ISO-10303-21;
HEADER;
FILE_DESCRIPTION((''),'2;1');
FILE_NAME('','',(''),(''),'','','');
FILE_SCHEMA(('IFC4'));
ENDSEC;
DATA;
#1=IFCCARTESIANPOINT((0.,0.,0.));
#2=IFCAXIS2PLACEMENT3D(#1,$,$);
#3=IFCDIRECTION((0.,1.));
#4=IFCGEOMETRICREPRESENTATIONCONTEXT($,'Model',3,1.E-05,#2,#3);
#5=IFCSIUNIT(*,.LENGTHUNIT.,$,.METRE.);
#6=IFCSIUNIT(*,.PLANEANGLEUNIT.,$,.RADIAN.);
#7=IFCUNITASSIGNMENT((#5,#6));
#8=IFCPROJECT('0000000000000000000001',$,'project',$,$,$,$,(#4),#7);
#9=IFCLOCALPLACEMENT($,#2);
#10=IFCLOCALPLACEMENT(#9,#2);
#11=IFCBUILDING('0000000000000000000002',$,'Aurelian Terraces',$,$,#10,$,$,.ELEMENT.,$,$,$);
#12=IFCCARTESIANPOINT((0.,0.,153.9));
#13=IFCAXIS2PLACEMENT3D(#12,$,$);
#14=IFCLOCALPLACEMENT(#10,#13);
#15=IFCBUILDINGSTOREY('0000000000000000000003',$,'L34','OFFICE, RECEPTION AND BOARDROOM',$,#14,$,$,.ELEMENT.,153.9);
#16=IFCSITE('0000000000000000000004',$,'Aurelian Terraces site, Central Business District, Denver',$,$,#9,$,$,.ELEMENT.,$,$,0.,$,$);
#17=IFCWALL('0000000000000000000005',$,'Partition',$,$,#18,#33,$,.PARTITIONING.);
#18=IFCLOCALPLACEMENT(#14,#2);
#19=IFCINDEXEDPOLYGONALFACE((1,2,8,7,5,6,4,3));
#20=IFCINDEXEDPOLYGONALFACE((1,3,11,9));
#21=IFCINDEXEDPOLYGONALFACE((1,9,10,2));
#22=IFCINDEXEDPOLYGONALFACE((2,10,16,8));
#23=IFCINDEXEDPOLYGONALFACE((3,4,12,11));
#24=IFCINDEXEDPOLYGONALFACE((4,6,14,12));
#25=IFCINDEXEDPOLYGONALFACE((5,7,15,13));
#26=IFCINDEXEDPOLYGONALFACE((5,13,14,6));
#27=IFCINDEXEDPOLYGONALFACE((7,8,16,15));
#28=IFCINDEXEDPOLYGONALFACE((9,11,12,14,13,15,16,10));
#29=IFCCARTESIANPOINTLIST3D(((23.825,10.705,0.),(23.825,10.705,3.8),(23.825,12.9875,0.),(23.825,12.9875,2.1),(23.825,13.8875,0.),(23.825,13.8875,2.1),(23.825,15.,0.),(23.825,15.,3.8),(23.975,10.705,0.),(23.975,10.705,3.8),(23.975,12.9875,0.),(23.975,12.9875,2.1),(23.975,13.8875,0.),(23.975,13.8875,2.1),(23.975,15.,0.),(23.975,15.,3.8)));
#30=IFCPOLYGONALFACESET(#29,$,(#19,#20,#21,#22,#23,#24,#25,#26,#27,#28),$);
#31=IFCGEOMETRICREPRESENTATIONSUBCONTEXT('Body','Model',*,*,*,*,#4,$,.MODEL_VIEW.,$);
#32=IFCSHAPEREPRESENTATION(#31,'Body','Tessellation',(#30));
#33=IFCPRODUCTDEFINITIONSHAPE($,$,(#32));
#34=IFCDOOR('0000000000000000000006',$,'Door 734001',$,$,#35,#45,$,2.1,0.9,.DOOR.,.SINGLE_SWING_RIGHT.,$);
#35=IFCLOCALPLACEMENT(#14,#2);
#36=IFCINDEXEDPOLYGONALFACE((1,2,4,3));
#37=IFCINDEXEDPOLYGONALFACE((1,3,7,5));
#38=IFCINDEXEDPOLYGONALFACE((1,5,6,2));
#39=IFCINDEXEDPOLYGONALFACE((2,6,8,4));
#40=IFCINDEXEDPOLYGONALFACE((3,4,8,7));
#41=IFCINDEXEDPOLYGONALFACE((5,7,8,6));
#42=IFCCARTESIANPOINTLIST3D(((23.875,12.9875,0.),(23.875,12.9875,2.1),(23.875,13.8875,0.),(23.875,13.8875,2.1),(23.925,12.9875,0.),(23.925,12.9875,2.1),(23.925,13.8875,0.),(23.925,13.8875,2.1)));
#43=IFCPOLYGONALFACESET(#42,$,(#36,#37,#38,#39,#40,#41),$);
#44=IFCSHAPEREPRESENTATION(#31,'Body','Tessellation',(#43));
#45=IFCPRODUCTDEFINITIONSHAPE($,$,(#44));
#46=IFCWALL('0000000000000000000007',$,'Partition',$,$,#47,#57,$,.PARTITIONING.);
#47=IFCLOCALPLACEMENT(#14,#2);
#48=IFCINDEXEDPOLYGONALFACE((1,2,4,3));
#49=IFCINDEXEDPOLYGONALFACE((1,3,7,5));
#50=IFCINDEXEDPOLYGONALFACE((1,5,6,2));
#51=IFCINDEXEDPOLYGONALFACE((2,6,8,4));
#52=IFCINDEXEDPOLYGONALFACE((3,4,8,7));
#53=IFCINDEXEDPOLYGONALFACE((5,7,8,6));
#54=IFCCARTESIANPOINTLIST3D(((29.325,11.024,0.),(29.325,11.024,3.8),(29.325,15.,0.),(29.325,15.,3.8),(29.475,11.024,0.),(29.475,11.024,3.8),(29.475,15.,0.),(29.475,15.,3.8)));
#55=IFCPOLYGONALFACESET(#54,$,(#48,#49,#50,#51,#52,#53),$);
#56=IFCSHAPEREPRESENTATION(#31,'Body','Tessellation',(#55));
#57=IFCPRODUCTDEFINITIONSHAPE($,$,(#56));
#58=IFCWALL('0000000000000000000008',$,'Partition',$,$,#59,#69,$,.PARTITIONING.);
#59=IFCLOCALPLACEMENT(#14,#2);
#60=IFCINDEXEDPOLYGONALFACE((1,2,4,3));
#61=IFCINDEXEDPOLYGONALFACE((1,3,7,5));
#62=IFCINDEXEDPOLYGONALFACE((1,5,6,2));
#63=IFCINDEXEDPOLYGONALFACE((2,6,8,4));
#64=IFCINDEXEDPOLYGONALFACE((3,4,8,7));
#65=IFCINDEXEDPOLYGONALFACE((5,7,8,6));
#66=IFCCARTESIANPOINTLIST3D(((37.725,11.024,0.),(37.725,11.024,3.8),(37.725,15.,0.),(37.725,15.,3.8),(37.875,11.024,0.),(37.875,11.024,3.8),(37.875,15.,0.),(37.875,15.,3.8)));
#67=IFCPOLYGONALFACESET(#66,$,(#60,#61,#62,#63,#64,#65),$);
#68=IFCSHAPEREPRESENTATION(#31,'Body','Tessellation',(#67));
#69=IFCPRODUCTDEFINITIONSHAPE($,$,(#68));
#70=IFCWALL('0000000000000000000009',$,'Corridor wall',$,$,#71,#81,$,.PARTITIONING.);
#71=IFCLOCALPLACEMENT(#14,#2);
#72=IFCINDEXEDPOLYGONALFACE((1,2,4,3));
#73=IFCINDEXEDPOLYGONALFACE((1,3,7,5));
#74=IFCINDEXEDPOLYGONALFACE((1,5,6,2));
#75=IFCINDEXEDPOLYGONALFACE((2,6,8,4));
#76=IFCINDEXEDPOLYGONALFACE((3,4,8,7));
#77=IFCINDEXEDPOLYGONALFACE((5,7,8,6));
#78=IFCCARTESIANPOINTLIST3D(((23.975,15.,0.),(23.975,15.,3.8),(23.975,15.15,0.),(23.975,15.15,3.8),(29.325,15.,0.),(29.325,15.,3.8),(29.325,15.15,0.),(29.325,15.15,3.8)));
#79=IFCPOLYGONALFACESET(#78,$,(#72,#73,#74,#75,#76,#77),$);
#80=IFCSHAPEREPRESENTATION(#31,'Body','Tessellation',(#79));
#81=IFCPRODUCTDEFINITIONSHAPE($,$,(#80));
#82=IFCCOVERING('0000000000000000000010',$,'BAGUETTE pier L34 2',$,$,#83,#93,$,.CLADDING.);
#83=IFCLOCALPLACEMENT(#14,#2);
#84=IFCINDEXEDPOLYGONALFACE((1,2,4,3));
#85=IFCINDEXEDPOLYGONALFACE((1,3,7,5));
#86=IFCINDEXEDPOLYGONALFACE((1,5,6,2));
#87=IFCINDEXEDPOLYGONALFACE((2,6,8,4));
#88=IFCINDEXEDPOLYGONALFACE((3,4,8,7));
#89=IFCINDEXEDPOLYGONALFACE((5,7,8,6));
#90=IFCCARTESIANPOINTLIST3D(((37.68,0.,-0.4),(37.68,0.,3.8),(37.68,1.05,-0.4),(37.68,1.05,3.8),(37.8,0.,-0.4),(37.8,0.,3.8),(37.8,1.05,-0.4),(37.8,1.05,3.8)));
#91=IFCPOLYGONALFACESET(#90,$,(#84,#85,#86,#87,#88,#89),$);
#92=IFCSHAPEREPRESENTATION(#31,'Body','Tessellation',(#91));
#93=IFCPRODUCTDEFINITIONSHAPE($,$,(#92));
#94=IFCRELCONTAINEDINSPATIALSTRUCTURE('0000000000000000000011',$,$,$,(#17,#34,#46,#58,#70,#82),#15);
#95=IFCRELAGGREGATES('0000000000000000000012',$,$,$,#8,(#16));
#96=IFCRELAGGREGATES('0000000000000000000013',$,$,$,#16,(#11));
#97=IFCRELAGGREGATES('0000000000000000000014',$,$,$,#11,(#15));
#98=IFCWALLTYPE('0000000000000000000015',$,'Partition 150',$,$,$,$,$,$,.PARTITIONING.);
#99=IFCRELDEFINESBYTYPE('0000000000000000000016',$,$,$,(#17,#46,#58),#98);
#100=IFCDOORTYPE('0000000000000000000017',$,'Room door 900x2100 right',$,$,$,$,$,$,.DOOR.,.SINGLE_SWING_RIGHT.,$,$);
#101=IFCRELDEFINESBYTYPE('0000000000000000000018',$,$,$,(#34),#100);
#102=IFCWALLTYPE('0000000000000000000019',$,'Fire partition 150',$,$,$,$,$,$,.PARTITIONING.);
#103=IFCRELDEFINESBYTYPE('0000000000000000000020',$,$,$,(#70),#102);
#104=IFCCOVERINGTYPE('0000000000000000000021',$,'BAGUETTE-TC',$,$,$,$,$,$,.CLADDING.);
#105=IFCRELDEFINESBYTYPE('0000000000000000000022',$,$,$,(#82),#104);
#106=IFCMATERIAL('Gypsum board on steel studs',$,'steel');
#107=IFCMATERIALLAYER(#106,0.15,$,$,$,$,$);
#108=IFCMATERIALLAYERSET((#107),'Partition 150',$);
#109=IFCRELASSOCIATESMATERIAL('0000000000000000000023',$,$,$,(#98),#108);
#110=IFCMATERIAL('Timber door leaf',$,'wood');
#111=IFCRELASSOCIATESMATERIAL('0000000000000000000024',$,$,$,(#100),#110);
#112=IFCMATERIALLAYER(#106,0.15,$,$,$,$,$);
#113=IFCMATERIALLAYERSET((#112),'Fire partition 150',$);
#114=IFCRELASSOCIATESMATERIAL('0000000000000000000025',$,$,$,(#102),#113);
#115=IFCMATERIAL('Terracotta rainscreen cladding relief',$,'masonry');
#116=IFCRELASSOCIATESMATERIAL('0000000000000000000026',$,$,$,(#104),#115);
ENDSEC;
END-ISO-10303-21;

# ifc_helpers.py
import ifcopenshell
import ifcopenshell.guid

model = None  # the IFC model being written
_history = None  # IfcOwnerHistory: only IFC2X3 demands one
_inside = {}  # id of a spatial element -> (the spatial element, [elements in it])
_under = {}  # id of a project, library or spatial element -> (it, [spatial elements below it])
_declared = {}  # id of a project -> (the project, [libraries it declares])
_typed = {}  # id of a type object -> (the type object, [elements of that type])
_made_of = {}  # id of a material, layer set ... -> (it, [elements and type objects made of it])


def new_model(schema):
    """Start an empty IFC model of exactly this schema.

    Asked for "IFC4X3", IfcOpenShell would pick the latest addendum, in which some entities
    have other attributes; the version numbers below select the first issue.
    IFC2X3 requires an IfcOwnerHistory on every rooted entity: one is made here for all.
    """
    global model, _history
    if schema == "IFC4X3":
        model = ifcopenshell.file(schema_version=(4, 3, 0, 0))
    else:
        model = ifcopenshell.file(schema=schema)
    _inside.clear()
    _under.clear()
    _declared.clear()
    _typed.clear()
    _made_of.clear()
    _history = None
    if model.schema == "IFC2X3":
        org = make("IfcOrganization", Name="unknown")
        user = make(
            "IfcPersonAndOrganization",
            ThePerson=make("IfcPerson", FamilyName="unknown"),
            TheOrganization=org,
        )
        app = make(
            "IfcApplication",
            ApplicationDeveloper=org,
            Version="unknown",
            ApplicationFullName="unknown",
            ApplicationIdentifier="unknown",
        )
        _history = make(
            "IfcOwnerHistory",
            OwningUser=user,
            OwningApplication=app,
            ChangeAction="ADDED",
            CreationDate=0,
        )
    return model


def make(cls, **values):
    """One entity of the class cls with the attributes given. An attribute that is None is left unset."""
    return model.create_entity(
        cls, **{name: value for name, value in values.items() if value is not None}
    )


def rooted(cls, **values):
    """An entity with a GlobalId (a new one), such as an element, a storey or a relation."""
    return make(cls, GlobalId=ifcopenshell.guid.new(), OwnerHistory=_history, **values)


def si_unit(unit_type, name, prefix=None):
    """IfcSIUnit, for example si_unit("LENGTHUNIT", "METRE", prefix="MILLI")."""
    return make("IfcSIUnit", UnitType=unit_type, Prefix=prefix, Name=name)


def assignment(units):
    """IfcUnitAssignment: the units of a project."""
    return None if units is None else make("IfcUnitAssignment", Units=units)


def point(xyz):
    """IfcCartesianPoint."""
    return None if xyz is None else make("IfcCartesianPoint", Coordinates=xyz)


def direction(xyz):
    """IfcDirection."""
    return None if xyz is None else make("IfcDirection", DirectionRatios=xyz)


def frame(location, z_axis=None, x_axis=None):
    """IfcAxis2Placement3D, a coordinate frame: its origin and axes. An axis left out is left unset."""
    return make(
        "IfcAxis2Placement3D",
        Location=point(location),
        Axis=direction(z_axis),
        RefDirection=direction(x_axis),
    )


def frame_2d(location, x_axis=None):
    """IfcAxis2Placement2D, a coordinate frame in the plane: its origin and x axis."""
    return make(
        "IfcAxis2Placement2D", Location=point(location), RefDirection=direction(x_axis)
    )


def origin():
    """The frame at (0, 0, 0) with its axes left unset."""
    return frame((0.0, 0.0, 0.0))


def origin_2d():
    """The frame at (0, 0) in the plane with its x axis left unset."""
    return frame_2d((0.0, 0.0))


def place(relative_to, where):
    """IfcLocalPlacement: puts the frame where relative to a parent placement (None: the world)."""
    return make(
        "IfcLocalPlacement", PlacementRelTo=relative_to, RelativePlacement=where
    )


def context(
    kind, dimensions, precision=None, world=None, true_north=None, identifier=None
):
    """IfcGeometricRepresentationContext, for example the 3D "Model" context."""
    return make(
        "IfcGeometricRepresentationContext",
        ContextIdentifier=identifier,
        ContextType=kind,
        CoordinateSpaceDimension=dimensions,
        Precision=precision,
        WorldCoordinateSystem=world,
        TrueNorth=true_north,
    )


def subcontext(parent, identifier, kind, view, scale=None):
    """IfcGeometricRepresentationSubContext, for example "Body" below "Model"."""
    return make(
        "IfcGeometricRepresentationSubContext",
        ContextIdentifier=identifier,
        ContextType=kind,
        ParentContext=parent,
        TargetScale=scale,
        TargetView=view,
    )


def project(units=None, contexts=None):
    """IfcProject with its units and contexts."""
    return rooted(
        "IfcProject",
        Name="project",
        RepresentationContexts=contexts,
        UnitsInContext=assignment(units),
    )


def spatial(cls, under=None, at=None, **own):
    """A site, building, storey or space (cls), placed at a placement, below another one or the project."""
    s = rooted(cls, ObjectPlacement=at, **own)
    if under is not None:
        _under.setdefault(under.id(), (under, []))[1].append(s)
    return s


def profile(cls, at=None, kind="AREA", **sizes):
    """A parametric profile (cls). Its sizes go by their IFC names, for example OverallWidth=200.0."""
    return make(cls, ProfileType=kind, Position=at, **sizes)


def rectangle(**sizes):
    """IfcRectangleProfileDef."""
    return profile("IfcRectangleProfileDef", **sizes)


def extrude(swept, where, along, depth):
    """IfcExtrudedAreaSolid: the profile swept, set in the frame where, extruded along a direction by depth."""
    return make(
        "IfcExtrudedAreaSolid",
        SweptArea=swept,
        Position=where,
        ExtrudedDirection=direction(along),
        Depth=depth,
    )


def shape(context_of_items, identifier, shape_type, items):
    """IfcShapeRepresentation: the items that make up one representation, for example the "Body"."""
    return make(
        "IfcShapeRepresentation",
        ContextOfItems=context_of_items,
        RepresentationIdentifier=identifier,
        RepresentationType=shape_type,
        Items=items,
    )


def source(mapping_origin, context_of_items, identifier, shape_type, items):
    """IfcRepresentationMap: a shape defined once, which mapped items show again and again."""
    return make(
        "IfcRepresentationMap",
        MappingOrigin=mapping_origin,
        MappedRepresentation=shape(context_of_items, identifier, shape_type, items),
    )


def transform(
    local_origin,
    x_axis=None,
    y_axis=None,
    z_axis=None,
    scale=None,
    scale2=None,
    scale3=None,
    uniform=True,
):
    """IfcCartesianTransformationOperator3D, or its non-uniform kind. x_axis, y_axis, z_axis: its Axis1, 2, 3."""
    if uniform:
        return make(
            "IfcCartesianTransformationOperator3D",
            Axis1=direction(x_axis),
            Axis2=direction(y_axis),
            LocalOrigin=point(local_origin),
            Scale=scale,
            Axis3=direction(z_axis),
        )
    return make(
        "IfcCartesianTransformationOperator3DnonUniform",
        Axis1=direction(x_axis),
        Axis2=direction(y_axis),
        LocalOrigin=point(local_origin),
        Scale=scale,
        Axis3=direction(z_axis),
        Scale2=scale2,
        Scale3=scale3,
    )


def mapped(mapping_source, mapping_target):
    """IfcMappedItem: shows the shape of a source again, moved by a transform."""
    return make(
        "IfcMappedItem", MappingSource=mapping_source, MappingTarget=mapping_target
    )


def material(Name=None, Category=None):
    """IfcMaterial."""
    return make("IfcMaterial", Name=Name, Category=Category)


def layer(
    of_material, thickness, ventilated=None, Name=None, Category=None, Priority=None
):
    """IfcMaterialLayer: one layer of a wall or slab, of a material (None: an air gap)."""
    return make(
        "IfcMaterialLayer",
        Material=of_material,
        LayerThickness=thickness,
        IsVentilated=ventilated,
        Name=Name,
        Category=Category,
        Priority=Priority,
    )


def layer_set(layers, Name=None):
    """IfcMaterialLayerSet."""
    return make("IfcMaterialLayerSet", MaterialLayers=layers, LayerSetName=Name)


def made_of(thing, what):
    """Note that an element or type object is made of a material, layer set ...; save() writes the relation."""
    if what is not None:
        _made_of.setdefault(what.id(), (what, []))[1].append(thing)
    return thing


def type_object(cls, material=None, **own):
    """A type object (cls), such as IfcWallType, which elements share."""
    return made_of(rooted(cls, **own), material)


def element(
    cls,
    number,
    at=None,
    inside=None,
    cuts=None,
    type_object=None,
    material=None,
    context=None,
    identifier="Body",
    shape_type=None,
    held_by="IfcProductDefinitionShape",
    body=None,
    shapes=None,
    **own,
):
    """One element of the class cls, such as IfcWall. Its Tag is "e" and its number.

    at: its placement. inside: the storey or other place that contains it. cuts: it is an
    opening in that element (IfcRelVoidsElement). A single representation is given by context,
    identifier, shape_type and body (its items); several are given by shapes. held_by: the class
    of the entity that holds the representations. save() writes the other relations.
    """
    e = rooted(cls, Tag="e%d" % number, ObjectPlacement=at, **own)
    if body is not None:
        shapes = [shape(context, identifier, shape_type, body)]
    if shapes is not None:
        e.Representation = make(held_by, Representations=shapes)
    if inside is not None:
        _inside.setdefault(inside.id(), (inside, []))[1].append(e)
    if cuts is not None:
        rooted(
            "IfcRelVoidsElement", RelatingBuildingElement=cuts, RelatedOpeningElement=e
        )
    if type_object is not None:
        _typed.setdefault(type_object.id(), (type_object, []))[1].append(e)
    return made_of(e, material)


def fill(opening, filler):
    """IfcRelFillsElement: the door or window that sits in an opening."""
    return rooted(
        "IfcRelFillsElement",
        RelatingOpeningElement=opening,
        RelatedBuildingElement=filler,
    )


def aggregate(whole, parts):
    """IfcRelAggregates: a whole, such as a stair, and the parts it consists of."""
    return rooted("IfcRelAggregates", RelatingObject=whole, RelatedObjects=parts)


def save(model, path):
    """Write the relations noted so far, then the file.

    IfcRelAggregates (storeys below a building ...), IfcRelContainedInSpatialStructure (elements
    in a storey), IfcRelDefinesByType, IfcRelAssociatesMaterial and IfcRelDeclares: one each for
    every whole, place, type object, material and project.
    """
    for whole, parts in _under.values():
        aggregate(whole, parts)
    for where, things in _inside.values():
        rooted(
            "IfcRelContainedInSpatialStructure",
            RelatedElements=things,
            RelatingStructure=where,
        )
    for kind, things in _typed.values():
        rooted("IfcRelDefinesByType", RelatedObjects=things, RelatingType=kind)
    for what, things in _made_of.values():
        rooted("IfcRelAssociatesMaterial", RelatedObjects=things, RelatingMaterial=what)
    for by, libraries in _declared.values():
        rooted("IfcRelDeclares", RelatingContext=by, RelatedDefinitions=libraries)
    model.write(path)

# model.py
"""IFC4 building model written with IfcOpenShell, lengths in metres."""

from ifc_helpers import new_model, si_unit, direction, frame, frame_2d, origin, origin_2d, place, context, subcontext, project, spatial, rectangle, extrude, source, transform, mapped, material, layer, layer_set, type_object, element, fill, save


model = new_model("IFC4")

# Units and contexts
model_context = context("Model", 3, precision=1e-05, world=origin(), true_north=direction((0.0, 1.0)))
body_context = subcontext(model_context, "Body", "Model", "MODEL_VIEW")
ifc_project = project(units=[si_unit("LENGTHUNIT", "METRE"), si_unit("PLANEANGLEUNIT", "RADIAN")], contexts=[model_context])

# Site, building, storey
site_placement = place(None, origin())
site = spatial("IfcSite", under=ifc_project, at=site_placement, Name="Aurelian Terraces site, Central Business District, Denver", CompositionType="ELEMENT", RefElevation=0.0)
building_placement = place(site_placement, origin())
building = spatial("IfcBuilding", under=site, at=building_placement, Name="Aurelian Terraces", CompositionType="ELEMENT")
storey_placement = place(building_placement, frame((0.0, 0.0, 153.9)))
storey = spatial("IfcBuildingStorey", under=building, at=storey_placement, Name="L34", Description="OFFICE, RECEPTION AND BOARDROOM", CompositionType="ELEMENT", Elevation=153.9)

# Wall, opening, door
ifc_material_1 = material(Name="Gypsum board on steel studs", Category="steel")
ifc_layer_1 = layer(ifc_material_1, 0.15)
ifc_layer_set_1 = layer_set([ifc_layer_1], Name="Partition 150")
wall_type_1 = type_object("IfcWallType", Name="Partition 150", PredefinedType="PARTITIONING", material=ifc_layer_set_1)
shared_shape_1 = source(origin(), body_context, "Body", "SweptSolid", [
    extrude(rectangle(XDim=4.295, YDim=0.15, at=frame_2d((2.1475, 0.0))), origin(), (0.0, 0.0, 1.0), 3.8),
])
wall_1_placement = place(storey_placement, frame((23.9, 15.0, 0.0), z_axis=(0.0, 0.0, 1.0), x_axis=(0.0, -1.0, 0.0)))
wall_1 = element("IfcWall", 1, at=wall_1_placement, inside=storey, type_object=wall_type_1, Name="Partition", PredefinedType="PARTITIONING", context=body_context, shape_type="MappedRepresentation", body=[
    mapped(shared_shape_1, transform((0.0, 0.0, 0.0), scale=1.0)),
])
shared_shape_2 = source(origin(), body_context, "Body", "SweptSolid", [
    extrude(rectangle(XDim=0.9, YDim=2.1, at=frame_2d((0.45, 1.05))), frame((0.0, 0.085, 0.0), z_axis=(0.0, -1.0, 0.0), x_axis=(1.0, 0.0, 0.0)), (0.0, 0.0, 1.0), 0.17),
])
opening_1_placement = place(wall_1_placement, frame((1.1125, 0.0, 0.0)))
opening_1 = element("IfcOpeningElement", 2, at=opening_1_placement, cuts=wall_1, PredefinedType="OPENING", context=body_context, shape_type="MappedRepresentation", body=[
    mapped(shared_shape_2, transform((0.0, 0.0, 0.0), scale=1.0)),
])
ifc_material_2 = material(Name="Timber door leaf", Category="wood")
door_type_1 = type_object("IfcDoorType", Name="Room door 900x2100 right", OperationType="SINGLE_SWING_RIGHT", PredefinedType="DOOR", material=ifc_material_2)
shared_shape_3 = source(origin(), body_context, "Body", "SweptSolid", [
    extrude(rectangle(XDim=0.9, YDim=2.1, at=frame_2d((0.45, 1.05))), frame((0.0, 0.025, 0.0), z_axis=(0.0, -1.0, 0.0), x_axis=(1.0, 0.0, 0.0)), (0.0, 0.0, 1.0), 0.05),
])
door_1_placement = place(opening_1_placement, origin())
door_1 = element("IfcDoor", 3, at=door_1_placement, inside=storey, type_object=door_type_1, Name="Door 734001", OperationType="SINGLE_SWING_RIGHT", OverallHeight=2.1, OverallWidth=0.9, PredefinedType="DOOR", context=body_context, shape_type="MappedRepresentation", body=[
    mapped(shared_shape_3, transform((0.0, 0.0, 0.0), scale=1.0)),
])
fill(opening_1, door_1)

# Walls
shared_shape_4 = source(origin(), body_context, "Body", "SweptSolid", [
    extrude(rectangle(XDim=3.976, YDim=0.15, at=frame_2d((1.988, 0.0))), origin(), (0.0, 0.0, 1.0), 3.8),
])
for number, where, z_axis, x_axis, name in (
    (4, (29.4, 11.024, 0.0), (0.0, 0.0, 1.0), (0.0, 1.0, 0.0), "Partition"),
    (5, (37.8, 11.024, 0.0), (0.0, 0.0, 1.0), (0.0, 1.0, 0.0), "Partition"),
):
    element("IfcWall", number, at=place(storey_placement, frame(where, z_axis=z_axis, x_axis=x_axis)), inside=storey, type_object=wall_type_1, Name=name, PredefinedType="PARTITIONING", context=body_context, shape_type="MappedRepresentation", body=[
        mapped(shared_shape_4, transform((0.0, 0.0, 0.0), scale=1.0)),
    ])
ifc_layer_2 = layer(ifc_material_1, 0.15)
ifc_layer_set_2 = layer_set([ifc_layer_2], Name="Fire partition 150")
wall_type_2 = type_object("IfcWallType", Name="Fire partition 150", PredefinedType="PARTITIONING", material=ifc_layer_set_2)
shared_shape_5 = source(origin(), body_context, "Body", "SweptSolid", [
    extrude(rectangle(XDim=5.35, YDim=0.15, at=frame_2d((2.675, 0.0))), origin(), (0.0, 0.0, 1.0), 3.8),
])
wall_2_placement = place(storey_placement, frame((29.325, 15.075, 0.0), z_axis=(0.0, 0.0, 1.0), x_axis=(-1.0, 0.0, 0.0)))
element("IfcWall", 6, at=wall_2_placement, inside=storey, type_object=wall_type_2, Name="Corridor wall", PredefinedType="PARTITIONING", context=body_context, shape_type="MappedRepresentation", body=[
    mapped(shared_shape_5, transform((0.0, 0.0, 0.0), scale=1.0)),
])

# Covering
ifc_material_3 = material(Name="Terracotta rainscreen cladding relief", Category="masonry")
covering_type = type_object("IfcCoveringType", Name="BAGUETTE-TC", PredefinedType="CLADDING", material=ifc_material_3)
shared_shape_6 = source(origin(), body_context, "Body", "SweptSolid", [
    extrude(rectangle(XDim=0.12, YDim=1.05, at=origin_2d()), origin(), (0.0, 0.0, 1.0), 4.2),
])
covering_placement = place(storey_placement, frame((37.74, 0.525, -0.4), z_axis=(0.0, 0.0, 1.0), x_axis=(1.0, 0.0, 0.0)))
element("IfcCovering", 7, at=covering_placement, inside=storey, type_object=covering_type, Name="BAGUETTE pier L34 2", PredefinedType="CLADDING", context=body_context, shape_type="MappedRepresentation", body=[
    mapped(shared_shape_6, transform((0.0, 0.0, 0.0), scale=1.0)),
])

save(model, "model.ifc")
